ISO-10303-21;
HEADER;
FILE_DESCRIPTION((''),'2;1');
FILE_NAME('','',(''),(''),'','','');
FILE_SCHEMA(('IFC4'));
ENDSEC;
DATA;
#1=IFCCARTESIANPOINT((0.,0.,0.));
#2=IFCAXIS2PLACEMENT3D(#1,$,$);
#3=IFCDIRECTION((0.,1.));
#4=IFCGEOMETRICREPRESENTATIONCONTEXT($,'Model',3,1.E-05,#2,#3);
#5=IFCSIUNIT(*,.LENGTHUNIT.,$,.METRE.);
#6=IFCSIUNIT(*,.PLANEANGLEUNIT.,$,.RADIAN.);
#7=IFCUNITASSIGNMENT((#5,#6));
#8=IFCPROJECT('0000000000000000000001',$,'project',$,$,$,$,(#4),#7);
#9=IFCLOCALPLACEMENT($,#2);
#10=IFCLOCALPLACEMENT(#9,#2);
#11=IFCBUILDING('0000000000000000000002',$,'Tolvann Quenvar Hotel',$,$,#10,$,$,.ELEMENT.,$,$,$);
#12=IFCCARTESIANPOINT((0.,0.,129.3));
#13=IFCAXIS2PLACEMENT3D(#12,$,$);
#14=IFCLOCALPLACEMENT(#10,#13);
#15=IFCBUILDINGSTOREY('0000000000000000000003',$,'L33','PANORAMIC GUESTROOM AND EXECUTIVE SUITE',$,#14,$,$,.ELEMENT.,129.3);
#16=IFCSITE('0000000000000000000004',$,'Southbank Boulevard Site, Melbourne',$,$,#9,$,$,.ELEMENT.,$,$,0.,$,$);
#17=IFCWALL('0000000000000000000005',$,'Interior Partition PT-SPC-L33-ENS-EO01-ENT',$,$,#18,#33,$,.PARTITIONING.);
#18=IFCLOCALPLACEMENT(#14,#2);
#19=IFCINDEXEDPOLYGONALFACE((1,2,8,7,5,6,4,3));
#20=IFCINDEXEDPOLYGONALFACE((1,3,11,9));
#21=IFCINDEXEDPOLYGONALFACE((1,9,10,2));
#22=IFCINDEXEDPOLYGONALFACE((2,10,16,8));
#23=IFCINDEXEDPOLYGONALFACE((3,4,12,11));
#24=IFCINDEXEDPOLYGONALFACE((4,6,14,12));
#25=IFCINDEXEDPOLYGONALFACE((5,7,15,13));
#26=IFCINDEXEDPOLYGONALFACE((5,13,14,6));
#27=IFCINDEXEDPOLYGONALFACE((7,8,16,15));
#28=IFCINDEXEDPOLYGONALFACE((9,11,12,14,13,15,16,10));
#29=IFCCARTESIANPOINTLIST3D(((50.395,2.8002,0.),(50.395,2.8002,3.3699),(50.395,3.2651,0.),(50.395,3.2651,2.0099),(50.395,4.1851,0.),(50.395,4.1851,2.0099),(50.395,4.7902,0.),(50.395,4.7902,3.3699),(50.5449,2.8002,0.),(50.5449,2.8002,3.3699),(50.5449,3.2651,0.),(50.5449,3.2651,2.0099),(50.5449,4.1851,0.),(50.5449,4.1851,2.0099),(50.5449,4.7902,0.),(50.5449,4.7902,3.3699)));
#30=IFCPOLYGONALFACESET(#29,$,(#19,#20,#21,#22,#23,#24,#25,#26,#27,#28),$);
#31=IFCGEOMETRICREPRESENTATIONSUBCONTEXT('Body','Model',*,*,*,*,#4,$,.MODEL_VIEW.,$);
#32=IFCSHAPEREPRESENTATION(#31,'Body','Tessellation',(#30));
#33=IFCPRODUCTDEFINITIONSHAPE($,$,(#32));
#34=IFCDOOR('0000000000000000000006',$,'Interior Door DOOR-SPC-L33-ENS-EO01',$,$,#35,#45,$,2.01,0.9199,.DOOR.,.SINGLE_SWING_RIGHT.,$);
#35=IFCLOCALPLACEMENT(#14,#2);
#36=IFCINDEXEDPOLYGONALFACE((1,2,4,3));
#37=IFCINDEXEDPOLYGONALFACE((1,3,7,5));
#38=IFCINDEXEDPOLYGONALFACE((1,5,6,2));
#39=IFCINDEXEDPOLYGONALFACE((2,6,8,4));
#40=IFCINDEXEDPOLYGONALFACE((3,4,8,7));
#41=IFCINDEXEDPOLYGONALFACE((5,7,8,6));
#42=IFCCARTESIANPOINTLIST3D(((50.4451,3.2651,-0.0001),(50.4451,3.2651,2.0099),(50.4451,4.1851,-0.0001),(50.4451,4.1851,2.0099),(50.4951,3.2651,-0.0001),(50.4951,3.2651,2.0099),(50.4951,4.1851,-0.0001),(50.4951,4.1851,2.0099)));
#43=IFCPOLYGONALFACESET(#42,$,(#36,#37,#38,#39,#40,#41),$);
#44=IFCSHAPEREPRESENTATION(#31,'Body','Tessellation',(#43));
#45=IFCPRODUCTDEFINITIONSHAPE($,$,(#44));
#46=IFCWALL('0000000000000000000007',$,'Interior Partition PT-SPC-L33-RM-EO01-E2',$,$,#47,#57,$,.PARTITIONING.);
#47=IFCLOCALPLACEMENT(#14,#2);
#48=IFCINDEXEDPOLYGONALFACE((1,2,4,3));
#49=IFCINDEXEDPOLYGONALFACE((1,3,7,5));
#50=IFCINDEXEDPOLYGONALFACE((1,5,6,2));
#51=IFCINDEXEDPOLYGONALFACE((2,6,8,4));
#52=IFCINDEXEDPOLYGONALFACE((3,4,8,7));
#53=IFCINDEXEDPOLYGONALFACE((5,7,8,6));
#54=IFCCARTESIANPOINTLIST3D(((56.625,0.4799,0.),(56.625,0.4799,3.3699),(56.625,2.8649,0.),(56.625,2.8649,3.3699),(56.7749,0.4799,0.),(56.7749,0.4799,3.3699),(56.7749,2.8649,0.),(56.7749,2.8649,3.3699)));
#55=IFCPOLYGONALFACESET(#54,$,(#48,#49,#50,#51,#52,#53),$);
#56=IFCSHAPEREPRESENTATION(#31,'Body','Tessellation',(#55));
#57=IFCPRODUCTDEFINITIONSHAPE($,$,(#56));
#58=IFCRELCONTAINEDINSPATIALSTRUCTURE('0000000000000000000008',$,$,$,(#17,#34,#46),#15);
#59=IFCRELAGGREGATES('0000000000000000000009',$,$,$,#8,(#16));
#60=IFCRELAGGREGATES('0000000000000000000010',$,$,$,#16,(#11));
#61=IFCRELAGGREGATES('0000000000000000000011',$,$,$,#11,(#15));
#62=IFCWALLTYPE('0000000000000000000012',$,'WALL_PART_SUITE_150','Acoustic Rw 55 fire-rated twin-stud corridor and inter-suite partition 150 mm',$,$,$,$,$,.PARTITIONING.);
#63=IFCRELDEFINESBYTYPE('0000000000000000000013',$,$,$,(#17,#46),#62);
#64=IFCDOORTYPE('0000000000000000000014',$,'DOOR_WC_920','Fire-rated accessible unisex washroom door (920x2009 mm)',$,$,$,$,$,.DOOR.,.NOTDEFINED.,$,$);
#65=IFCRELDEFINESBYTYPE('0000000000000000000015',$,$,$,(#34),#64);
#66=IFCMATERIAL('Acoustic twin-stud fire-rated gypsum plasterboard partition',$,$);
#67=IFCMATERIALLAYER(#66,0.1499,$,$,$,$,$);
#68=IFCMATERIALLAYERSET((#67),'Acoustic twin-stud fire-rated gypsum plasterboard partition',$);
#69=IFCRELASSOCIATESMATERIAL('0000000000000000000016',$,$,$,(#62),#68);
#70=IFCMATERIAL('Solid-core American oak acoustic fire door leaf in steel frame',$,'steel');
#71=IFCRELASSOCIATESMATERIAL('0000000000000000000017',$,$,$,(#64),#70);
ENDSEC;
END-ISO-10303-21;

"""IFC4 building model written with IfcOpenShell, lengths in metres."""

from ifc_helpers import new_model, si_unit, direction, frame, frame_2d, origin, place, context, subcontext, project, spatial, rectangle, extrude, source, transform, mapped, material, layer, layer_set, type_object, type_shapes, element, fill, save


model = new_model("IFC4")

# Units and contexts
model_context = context("Model", 3, precision=1e-05, world=origin(), true_north=direction((0.0, 1.0)))
body_context = subcontext(model_context, "Body", "Model", "MODEL_VIEW")
ifc_project = project(units=[si_unit("LENGTHUNIT", "METRE"), si_unit("PLANEANGLEUNIT", "RADIAN")], contexts=[model_context])

# Site, building, storey
site_placement = place(None, origin())
site = spatial("IfcSite", under=ifc_project, at=site_placement, Name="Southbank Boulevard Site, Melbourne", CompositionType="ELEMENT", RefElevation=0.0)
building_placement = place(site_placement, origin())
building = spatial("IfcBuilding", under=site, at=building_placement, Name="Tolvann Quenvar Hotel", CompositionType="ELEMENT")
storey_placement = place(building_placement, frame((0.0, 0.0, 129.3)))
storey = spatial("IfcBuildingStorey", under=building, at=storey_placement, Name="L33", Description="PANORAMIC GUESTROOM AND EXECUTIVE SUITE", CompositionType="ELEMENT", Elevation=129.3)

# Wall, opening, door
ifc_material_1 = material(Name="Acoustic twin-stud fire-rated gypsum plasterboard partition")
ifc_layer_1 = layer(ifc_material_1, 0.1499)
ifc_layer_set_1 = layer_set([ifc_layer_1], Name="Acoustic twin-stud fire-rated gypsum plasterboard partition")
wall_type_1 = type_object("IfcWallType", Name="WALL_PART_SUITE_150", Description="Acoustic Rw 55 fire-rated twin-stud corridor and inter-suite partition 150 mm", PredefinedType="PARTITIONING", material=ifc_layer_set_1)
wall_1_placement = place(storey_placement, frame((50.47, 2.8, 0.0), z_axis=(0.0, 0.0, 1.0), x_axis=(0.0, 1.0, 0.0)))
wall_1 = element("IfcWall", 1, at=wall_1_placement, inside=storey, type_object=wall_type_1, Name="Interior Partition PT-SPC-L33-ENS-EO01-ENT", PredefinedType="PARTITIONING", context=body_context, shape_type="SweptSolid", body=[
    extrude(rectangle(XDim=1.99, YDim=0.1499, at=frame_2d((0.9951, 0.0))), origin(), (0.0, 0.0, 1.0), 3.3699),
])
opening_1_placement = place(wall_1_placement, frame((0.4651, 0.0, 0.0)))
opening_1 = element("IfcOpeningElement", 2, at=opening_1_placement, cuts=wall_1, PredefinedType="OPENING", context=body_context, shape_type="SweptSolid", body=[
    extrude(rectangle(XDim=0.9199, YDim=2.01, at=frame_2d((0.46, 1.0049))), frame((0.0, 0.085, 0.0), z_axis=(0.0, -1.0, 0.0), x_axis=(1.0, 0.0, 0.0)), (0.0, 0.0, 1.0), 0.1699),
])
ifc_material_2 = material(Name="Solid-core American oak acoustic fire door leaf in steel frame", Category="steel")
door_type = type_object("IfcDoorType", Name="DOOR_WC_920", Description="Fire-rated accessible unisex washroom door (920x2009 mm)", OperationType="NOTDEFINED", PredefinedType="DOOR", material=ifc_material_2)
shared_shape_1 = source(origin(), body_context, "Body", "SweptSolid", [
    extrude(rectangle(XDim=0.9199, YDim=2.01, at=frame_2d((0.46, 1.0049))), frame((0.0, 0.0249, 0.0), z_axis=(0.0, -1.0, 0.0), x_axis=(1.0, 0.0, 0.0)), (0.0, 0.0, 1.0), 0.05),
])
type_shapes(door_type, [shared_shape_1])
door_placement = place(opening_1_placement, origin())
door = element("IfcDoor", 3, at=door_placement, inside=storey, type_object=door_type, Name="Interior Door DOOR-SPC-L33-ENS-EO01", OperationType="SINGLE_SWING_RIGHT", OverallHeight=2.01, OverallWidth=0.9199, PredefinedType="DOOR", context=body_context, shape_type="MappedRepresentation", body=[
    mapped(shared_shape_1, transform((0.0, 0.0, 0.0), x_axis=(1.0, 0.0, 0.0), y_axis=(0.0, 1.0, 0.0), z_axis=(0.0, 0.0, 1.0), scale=1.0)),
])
fill(opening_1, door)

# Wall
wall_2_placement = place(storey_placement, frame((56.7, 0.48, 0.0), z_axis=(0.0, 0.0, 1.0), x_axis=(0.0, 1.0, 0.0)))
element("IfcWall", 4, at=wall_2_placement, inside=storey, type_object=wall_type_1, Name="Interior Partition PT-SPC-L33-RM-EO01-E2", PredefinedType="PARTITIONING", context=body_context, shape_type="SweptSolid", body=[
    extrude(rectangle(XDim=2.385, YDim=0.1499, at=frame_2d((1.1924, 0.0))), origin(), (0.0, 0.0, 1.0), 3.3699),
])

save(model, "model.ifc")
